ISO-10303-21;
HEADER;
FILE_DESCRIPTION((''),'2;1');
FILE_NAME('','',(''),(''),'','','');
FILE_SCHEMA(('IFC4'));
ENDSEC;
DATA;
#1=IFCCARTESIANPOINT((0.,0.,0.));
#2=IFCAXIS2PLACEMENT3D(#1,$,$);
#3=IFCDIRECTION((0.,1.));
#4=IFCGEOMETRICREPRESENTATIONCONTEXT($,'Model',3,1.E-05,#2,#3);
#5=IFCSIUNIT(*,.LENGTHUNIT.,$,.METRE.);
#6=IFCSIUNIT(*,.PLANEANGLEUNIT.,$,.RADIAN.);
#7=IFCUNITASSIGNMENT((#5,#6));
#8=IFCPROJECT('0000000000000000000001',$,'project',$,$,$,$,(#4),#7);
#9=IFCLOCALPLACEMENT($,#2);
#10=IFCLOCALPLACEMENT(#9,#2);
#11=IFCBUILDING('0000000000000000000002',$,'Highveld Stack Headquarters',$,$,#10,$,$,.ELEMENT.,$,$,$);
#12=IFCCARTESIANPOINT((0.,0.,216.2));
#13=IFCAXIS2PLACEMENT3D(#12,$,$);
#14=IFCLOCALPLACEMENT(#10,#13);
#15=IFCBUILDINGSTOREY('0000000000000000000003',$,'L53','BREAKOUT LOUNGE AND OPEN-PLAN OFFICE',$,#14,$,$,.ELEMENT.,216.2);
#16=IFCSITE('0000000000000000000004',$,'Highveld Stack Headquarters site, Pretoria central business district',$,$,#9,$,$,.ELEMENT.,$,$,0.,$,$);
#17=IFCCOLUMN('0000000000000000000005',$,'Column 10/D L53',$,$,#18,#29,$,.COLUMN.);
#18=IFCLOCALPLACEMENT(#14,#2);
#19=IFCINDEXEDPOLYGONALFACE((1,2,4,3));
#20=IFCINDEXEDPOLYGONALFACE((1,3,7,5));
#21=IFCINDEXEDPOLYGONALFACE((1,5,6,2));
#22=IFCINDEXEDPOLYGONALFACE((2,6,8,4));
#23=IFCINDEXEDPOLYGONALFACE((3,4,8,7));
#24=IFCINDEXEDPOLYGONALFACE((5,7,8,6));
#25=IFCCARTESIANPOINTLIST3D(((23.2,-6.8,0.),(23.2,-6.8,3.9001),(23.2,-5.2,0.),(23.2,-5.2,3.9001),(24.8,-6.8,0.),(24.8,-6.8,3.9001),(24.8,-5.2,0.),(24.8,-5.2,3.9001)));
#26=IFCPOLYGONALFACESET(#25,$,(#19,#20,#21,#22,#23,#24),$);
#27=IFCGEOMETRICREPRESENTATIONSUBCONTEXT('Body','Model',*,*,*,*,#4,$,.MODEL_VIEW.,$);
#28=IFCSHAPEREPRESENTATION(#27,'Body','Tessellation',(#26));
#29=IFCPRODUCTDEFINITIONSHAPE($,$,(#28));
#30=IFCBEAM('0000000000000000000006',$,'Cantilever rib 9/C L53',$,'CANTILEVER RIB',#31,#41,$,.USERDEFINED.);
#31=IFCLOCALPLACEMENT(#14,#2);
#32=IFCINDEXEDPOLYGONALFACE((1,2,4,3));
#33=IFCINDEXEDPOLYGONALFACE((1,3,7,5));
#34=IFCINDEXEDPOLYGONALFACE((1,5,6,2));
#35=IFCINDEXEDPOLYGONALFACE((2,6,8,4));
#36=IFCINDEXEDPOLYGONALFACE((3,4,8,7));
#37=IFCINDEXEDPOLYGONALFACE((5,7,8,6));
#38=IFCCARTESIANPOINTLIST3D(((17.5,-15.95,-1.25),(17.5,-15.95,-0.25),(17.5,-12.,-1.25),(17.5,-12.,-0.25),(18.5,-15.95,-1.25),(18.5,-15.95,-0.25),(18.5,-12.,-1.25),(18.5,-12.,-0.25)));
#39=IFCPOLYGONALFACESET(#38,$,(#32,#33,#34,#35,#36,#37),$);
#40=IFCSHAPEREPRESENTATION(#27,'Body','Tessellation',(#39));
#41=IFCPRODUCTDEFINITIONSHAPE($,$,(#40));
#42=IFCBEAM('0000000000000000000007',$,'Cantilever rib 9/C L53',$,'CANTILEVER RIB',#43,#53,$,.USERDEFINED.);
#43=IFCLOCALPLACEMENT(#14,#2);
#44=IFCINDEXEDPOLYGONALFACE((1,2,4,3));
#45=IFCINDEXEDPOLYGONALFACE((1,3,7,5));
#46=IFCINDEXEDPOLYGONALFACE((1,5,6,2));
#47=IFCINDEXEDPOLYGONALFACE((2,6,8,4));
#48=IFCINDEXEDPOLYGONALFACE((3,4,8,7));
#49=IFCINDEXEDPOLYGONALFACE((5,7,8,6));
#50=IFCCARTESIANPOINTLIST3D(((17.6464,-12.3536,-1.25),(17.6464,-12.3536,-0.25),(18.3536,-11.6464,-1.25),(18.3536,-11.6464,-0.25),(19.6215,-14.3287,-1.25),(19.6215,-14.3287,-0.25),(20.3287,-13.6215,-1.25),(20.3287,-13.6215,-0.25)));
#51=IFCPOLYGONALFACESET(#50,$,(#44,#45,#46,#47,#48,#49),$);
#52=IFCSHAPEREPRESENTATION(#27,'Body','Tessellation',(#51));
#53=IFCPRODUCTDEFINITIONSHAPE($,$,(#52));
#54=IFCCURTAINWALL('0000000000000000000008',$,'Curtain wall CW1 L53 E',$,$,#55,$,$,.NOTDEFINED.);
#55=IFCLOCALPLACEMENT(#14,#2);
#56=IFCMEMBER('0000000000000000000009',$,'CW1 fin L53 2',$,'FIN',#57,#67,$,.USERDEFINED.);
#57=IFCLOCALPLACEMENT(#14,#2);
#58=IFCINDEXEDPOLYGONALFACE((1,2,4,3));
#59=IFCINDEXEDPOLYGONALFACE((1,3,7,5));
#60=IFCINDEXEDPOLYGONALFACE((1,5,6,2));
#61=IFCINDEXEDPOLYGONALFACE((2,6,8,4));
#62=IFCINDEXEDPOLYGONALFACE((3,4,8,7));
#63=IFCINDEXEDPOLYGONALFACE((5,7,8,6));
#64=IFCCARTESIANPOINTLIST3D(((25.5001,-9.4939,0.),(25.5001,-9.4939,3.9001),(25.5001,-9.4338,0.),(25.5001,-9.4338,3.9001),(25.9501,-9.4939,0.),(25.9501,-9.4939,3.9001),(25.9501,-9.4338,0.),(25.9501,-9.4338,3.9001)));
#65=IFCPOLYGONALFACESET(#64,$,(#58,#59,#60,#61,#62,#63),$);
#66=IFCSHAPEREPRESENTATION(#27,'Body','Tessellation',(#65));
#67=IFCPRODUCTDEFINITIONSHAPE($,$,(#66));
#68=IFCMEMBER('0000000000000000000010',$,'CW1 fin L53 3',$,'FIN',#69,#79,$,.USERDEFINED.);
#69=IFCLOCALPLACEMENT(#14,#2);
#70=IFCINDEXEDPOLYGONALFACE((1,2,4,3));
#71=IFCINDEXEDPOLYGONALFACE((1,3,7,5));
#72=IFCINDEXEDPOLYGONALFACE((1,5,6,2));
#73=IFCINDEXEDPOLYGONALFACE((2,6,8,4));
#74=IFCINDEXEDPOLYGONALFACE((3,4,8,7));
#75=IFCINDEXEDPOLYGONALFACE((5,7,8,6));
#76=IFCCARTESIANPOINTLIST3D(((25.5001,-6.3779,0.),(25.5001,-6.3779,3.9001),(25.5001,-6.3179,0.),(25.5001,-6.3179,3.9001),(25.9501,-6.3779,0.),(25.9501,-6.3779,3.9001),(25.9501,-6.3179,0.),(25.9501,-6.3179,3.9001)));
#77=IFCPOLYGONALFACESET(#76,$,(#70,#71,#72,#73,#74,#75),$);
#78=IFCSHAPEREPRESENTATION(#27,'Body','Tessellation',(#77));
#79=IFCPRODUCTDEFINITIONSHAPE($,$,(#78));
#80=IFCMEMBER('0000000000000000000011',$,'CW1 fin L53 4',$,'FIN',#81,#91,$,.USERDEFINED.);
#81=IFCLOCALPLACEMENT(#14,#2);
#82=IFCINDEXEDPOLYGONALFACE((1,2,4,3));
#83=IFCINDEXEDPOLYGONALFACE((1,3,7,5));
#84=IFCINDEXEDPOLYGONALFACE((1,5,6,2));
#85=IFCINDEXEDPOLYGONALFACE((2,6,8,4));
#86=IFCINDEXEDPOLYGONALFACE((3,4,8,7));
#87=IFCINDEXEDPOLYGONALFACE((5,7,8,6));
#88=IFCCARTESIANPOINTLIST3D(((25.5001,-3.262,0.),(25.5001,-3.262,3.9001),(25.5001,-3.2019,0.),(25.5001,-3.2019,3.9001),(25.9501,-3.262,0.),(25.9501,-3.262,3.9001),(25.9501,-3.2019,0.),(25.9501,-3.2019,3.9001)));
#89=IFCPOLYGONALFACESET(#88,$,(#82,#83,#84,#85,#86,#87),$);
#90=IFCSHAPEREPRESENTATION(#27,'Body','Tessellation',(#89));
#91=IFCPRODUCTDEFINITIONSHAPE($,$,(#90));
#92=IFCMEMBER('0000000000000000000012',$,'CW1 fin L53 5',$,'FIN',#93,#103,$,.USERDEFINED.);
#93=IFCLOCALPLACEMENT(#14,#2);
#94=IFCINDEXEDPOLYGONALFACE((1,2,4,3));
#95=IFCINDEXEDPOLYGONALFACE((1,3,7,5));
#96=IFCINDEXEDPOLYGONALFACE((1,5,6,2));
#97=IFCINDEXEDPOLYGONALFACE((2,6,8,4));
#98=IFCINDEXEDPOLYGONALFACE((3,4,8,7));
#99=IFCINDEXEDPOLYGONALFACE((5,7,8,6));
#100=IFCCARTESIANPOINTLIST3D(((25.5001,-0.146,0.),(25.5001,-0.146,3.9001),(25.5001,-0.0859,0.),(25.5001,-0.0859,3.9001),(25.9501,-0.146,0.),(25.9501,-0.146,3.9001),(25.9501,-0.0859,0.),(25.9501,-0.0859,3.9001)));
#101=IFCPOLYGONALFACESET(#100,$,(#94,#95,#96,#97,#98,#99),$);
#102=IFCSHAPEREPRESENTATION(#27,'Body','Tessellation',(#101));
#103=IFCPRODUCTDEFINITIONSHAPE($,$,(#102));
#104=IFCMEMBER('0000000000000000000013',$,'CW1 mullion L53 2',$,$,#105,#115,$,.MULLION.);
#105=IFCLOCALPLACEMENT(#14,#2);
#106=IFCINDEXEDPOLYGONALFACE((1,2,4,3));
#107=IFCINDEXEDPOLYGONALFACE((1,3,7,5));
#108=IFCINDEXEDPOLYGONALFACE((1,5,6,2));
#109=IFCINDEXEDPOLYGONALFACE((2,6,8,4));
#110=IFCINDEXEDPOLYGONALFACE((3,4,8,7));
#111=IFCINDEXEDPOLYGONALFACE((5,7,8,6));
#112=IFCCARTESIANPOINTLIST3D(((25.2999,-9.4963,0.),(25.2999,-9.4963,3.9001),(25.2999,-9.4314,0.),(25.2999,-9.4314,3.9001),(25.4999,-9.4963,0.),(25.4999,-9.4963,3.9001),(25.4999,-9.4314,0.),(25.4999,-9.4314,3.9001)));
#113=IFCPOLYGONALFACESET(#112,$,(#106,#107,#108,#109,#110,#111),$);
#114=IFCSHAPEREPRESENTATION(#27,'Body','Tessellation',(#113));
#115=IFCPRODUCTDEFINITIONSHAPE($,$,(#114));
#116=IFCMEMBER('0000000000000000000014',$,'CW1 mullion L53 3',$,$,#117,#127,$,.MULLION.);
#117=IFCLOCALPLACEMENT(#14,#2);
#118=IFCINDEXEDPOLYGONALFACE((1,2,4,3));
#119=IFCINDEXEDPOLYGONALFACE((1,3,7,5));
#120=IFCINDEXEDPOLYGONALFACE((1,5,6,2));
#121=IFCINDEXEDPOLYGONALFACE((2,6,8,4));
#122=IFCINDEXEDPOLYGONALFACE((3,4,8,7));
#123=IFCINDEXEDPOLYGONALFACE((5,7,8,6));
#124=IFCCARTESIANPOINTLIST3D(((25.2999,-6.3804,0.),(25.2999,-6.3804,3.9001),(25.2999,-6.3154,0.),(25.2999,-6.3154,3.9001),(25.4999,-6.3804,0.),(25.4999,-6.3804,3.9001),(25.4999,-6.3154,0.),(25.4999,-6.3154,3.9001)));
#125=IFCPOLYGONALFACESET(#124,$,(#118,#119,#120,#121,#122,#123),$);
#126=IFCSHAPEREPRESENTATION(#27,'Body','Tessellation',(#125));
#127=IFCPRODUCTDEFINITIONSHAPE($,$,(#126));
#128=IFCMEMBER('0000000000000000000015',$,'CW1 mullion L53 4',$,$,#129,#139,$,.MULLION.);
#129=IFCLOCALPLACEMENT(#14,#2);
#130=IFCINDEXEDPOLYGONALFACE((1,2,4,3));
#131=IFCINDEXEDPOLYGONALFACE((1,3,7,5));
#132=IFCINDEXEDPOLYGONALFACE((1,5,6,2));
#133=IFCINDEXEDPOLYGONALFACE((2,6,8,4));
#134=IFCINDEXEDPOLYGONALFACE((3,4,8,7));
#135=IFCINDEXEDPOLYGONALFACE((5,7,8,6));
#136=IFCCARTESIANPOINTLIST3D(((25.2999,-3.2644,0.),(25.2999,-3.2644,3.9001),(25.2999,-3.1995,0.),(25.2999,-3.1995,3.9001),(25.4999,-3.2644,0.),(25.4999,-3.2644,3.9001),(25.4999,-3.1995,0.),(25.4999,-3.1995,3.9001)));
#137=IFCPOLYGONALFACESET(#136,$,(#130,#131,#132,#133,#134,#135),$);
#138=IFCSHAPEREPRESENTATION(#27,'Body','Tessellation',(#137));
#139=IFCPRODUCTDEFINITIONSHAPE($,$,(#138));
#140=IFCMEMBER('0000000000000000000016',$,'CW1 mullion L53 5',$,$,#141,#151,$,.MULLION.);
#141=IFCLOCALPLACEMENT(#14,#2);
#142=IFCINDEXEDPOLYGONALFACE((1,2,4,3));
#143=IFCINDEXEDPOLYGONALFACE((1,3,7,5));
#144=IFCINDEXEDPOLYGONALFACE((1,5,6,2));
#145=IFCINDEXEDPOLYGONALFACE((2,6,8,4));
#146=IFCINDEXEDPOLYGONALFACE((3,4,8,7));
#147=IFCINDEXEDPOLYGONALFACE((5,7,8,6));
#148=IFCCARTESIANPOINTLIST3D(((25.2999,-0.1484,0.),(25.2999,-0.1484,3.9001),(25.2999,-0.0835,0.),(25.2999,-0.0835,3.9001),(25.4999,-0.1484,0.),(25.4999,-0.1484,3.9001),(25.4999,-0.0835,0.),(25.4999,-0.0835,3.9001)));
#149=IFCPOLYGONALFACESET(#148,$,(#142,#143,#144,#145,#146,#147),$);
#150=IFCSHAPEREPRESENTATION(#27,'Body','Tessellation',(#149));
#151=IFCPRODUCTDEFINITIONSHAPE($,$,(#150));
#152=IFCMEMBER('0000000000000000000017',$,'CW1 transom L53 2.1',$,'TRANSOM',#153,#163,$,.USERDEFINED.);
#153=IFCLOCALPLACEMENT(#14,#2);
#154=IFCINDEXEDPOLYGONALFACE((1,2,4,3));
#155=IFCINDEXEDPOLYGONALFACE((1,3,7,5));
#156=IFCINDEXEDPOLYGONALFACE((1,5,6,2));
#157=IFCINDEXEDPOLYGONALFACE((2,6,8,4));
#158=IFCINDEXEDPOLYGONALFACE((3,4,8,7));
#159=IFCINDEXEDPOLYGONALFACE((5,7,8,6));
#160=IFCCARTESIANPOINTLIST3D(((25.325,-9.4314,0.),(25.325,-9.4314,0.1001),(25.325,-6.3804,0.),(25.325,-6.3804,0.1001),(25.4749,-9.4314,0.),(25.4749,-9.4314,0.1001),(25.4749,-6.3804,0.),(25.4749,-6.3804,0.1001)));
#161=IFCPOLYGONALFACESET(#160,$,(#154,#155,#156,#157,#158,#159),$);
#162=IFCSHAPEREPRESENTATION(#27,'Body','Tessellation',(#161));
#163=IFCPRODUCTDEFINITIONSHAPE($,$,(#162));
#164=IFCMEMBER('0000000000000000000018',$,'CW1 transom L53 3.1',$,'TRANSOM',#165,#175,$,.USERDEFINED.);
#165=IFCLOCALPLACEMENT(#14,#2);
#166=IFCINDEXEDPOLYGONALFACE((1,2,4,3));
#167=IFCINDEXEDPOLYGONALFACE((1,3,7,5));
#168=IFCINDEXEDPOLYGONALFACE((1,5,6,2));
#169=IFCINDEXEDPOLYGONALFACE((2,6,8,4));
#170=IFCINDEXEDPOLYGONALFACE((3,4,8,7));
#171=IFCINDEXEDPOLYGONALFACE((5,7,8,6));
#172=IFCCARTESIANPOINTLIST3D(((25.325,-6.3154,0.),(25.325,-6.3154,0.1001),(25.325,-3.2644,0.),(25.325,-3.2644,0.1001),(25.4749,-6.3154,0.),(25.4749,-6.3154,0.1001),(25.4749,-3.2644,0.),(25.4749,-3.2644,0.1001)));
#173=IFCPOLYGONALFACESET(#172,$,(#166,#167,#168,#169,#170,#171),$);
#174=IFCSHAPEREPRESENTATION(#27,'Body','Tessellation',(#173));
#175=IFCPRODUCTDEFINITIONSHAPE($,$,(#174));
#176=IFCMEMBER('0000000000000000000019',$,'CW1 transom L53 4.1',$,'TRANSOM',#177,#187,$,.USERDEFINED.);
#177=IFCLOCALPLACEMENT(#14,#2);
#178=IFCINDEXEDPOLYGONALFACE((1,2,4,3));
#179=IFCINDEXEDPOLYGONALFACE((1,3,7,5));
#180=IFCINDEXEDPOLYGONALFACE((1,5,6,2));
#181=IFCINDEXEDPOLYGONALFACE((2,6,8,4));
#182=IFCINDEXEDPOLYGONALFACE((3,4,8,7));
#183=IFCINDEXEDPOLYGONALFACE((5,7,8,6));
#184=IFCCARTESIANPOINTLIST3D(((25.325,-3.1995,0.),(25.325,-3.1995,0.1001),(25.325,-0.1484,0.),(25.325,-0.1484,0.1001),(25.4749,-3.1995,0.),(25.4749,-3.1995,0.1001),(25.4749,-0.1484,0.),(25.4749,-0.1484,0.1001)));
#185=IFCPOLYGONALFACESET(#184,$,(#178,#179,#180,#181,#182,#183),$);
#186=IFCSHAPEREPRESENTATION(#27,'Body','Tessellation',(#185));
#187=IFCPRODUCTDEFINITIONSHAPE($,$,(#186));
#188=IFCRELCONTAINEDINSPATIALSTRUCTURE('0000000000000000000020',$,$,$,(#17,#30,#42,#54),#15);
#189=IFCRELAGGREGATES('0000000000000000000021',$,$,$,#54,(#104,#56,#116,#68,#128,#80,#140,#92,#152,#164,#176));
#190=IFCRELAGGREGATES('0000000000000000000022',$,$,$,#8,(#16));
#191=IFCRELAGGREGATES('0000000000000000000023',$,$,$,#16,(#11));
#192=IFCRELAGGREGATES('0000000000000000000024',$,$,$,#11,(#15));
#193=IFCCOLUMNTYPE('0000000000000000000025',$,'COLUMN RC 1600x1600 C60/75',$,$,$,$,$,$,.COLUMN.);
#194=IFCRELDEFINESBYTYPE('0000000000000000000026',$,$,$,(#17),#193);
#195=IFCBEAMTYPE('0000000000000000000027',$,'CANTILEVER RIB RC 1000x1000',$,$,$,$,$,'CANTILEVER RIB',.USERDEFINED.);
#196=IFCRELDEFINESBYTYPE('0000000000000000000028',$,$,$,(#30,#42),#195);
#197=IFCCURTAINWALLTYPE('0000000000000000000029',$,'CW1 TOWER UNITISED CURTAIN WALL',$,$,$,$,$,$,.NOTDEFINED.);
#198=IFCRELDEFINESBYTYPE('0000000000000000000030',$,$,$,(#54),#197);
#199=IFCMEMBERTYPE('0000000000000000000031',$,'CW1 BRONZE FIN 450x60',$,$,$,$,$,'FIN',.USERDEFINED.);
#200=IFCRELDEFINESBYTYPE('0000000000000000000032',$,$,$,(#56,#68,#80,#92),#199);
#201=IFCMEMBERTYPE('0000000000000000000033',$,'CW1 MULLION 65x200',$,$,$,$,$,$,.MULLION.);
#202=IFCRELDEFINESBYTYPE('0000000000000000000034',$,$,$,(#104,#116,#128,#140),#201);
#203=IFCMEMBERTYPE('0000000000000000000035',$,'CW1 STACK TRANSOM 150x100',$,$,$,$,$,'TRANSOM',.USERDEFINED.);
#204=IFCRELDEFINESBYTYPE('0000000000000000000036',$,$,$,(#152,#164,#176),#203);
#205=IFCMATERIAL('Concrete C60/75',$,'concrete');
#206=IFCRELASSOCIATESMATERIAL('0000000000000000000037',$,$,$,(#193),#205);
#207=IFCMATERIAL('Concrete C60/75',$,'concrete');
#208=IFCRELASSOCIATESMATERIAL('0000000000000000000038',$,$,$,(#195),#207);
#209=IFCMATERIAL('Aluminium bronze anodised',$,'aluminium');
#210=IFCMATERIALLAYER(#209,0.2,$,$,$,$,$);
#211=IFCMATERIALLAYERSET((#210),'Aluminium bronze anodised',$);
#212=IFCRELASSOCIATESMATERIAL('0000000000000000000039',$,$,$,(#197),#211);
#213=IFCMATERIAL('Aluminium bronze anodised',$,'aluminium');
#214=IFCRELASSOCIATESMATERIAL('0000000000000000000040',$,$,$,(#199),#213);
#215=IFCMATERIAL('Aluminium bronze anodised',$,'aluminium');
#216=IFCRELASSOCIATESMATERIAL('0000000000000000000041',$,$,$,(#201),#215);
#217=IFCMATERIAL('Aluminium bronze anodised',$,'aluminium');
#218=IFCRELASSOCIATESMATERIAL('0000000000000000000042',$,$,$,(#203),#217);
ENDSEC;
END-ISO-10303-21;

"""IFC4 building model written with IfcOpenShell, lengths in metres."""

from ifc_helpers import new_model, si_unit, direction, frame, origin, origin_2d, place, context, subcontext, project, spatial, rectangle, extrude, material, layer, layer_set, material_profile, profile_set, type_object, element, aggregate, save


model = new_model("IFC4")

# Units and contexts
model_context = context("Model", 3, precision=1e-05, world=origin(), true_north=direction((0.0, 1.0)))
body_context = subcontext(model_context, "Body", "Model", "MODEL_VIEW")
ifc_project = project(units=[si_unit("LENGTHUNIT", "METRE"), si_unit("PLANEANGLEUNIT", "RADIAN")], contexts=[model_context])

# Site, building, storey
site_placement = place(None, origin())
site = spatial("IfcSite", under=ifc_project, at=site_placement, Name="Highveld Stack Headquarters site, Pretoria central business district", CompositionType="ELEMENT", RefElevation=0.0)
building_placement = place(site_placement, origin())
building = spatial("IfcBuilding", under=site, at=building_placement, Name="Highveld Stack Headquarters", CompositionType="ELEMENT")
storey_placement = place(building_placement, frame((0.0, 0.0, 216.2)))
storey = spatial("IfcBuildingStorey", under=building, at=storey_placement, Name="L53", Description="BREAKOUT LOUNGE AND OPEN-PLAN OFFICE", CompositionType="ELEMENT", Elevation=216.2)

# Column
ifc_material_1 = material(Name="Concrete C60/75", Category="concrete")
ifc_material_profile_1 = material_profile(ifc_material_1, rectangle(XDim=1.6001, YDim=1.6001, at=origin_2d()), Name="RC 1600x1600")
ifc_profile_set_1 = profile_set([ifc_material_profile_1], Name="Concrete C60/75")
column_type = type_object("IfcColumnType", Name="COLUMN RC 1600x1600 C60/75", PredefinedType="COLUMN", material=ifc_profile_set_1)
column_placement = place(storey_placement, frame((24.0, -6.0, 0.0), z_axis=(0.0, 0.0, 1.0), x_axis=(1.0, 0.0, 0.0)))
element("IfcColumn", 1, at=column_placement, inside=storey, type_object=column_type, Name="Column 10/D L53", PredefinedType="COLUMN", context=body_context, shape_type="SweptSolid", body=[
    extrude(rectangle(XDim=1.6001, YDim=1.6001, at=origin_2d()), origin(), (0.0, 0.0, 1.0), 3.9001),
])

# Beams
ifc_material_2 = material(Name="Concrete C60/75", Category="concrete")
ifc_material_profile_2 = material_profile(ifc_material_2, rectangle(XDim=1.0, YDim=1.0, at=origin_2d()), Name="RC 1000x1000")
ifc_profile_set_2 = profile_set([ifc_material_profile_2], Name="Concrete C60/75")
beam_type_1 = type_object("IfcBeamType", Name="CANTILEVER RIB RC 1000x1000", ElementType="CANTILEVER RIB", PredefinedType="USERDEFINED", material=ifc_profile_set_2)
beam_1_placement = place(storey_placement, frame((18.0, -12.0, -0.75), z_axis=(0.0, -1.0, 0.0), x_axis=(1.0, 0.0, 0.0)))
element("IfcBeam", 2, at=beam_1_placement, inside=storey, type_object=beam_type_1, Name="Cantilever rib 9/C L53", ObjectType="CANTILEVER RIB", PredefinedType="USERDEFINED", context=body_context, shape_type="SweptSolid", body=[
    extrude(rectangle(XDim=1.0, YDim=1.0, at=origin_2d()), origin(), (0.0, 0.0, 1.0), 3.95),
])
beam_2_placement = place(storey_placement, frame((18.0, -12.0, -0.75), z_axis=(0.707107, -0.707107, 0.0), x_axis=(0.707107, 0.707107, 0.0)))
element("IfcBeam", 3, at=beam_2_placement, inside=storey, type_object=beam_type_1, Name="Cantilever rib 9/C L53", ObjectType="CANTILEVER RIB", PredefinedType="USERDEFINED", context=body_context, shape_type="SweptSolid", body=[
    extrude(rectangle(XDim=1.0, YDim=1.0, at=origin_2d()), origin(), (0.0, 0.0, 1.0), 2.7932),
])

# Curtain wall, members
ifc_material_3 = material(Name="Aluminium bronze anodised", Category="aluminium")
ifc_layer_1 = layer(ifc_material_3, 0.2)
ifc_layer_set_1 = layer_set([ifc_layer_1], Name="Aluminium bronze anodised")
curtain_wall_type = type_object("IfcCurtainWallType", Name="CW1 TOWER UNITISED CURTAIN WALL", PredefinedType="NOTDEFINED", material=ifc_layer_set_1)
curtain_wall_placement = place(storey_placement, origin())
curtain_wall = element("IfcCurtainWall", 4, at=curtain_wall_placement, inside=storey, type_object=curtain_wall_type, Name="Curtain wall CW1 L53 E", PredefinedType="NOTDEFINED")
ifc_material_4 = material(Name="Aluminium bronze anodised", Category="aluminium")
ifc_material_profile_3 = material_profile(ifc_material_4, rectangle(XDim=0.45, YDim=0.0601, at=origin_2d()), Name="FIN 450x60")
ifc_profile_set_3 = profile_set([ifc_material_profile_3], Name="Aluminium bronze anodised")
member_type_1 = type_object("IfcMemberType", Name="CW1 BRONZE FIN 450x60", ElementType="FIN", PredefinedType="USERDEFINED", material=ifc_profile_set_3)
member_1_placement = place(storey_placement, frame((25.7251, -9.4639, 0.0), z_axis=(0.0, 0.0, 1.0), x_axis=(-1.0, 0.0, 0.0)))
member_1 = element("IfcMember", 5, at=member_1_placement, type_object=member_type_1, Name="CW1 fin L53 2", ObjectType="FIN", PredefinedType="USERDEFINED", context=body_context, shape_type="SweptSolid", body=[
    extrude(rectangle(XDim=0.45, YDim=0.0601, at=origin_2d()), origin(), (0.0, 0.0, 1.0), 3.9001),
])
member_2_placement = place(storey_placement, frame((25.7251, -6.3479, 0.0), z_axis=(0.0, 0.0, 1.0), x_axis=(-1.0, 0.0, 0.0)))
member_2 = element("IfcMember", 6, at=member_2_placement, type_object=member_type_1, Name="CW1 fin L53 3", ObjectType="FIN", PredefinedType="USERDEFINED", context=body_context, shape_type="SweptSolid", body=[
    extrude(rectangle(XDim=0.45, YDim=0.0601, at=origin_2d()), origin(), (0.0, 0.0, 1.0), 3.9001),
])
member_3_placement = place(storey_placement, frame((25.7251, -3.2319, 0.0), z_axis=(0.0, 0.0, 1.0), x_axis=(-1.0, 0.0, 0.0)))
member_3 = element("IfcMember", 7, at=member_3_placement, type_object=member_type_1, Name="CW1 fin L53 4", ObjectType="FIN", PredefinedType="USERDEFINED", context=body_context, shape_type="SweptSolid", body=[
    extrude(rectangle(XDim=0.45, YDim=0.0601, at=origin_2d()), origin(), (0.0, 0.0, 1.0), 3.9001),
])
member_4_placement = place(storey_placement, frame((25.7251, -0.116, 0.0), z_axis=(0.0, 0.0, 1.0), x_axis=(-1.0, 0.0, 0.0)))
member_4 = element("IfcMember", 8, at=member_4_placement, type_object=member_type_1, Name="CW1 fin L53 5", ObjectType="FIN", PredefinedType="USERDEFINED", context=body_context, shape_type="SweptSolid", body=[
    extrude(rectangle(XDim=0.45, YDim=0.0601, at=origin_2d()), origin(), (0.0, 0.0, 1.0), 3.9001),
])
ifc_material_5 = material(Name="Aluminium bronze anodised", Category="aluminium")
ifc_material_profile_4 = material_profile(ifc_material_5, rectangle(XDim=0.2, YDim=0.0649, at=origin_2d()), Name="CW1 MULLION 65x200")
ifc_profile_set_4 = profile_set([ifc_material_profile_4], Name="Aluminium bronze anodised")
member_type_2 = type_object("IfcMemberType", Name="CW1 MULLION 65x200", PredefinedType="MULLION", material=ifc_profile_set_4)
member_5_placement = place(storey_placement, frame((25.3999, -9.4639, 0.0), z_axis=(0.0, 0.0, 1.0), x_axis=(-1.0, 0.0, 0.0)))
member_5 = element("IfcMember", 9, at=member_5_placement, type_object=member_type_2, Name="CW1 mullion L53 2", PredefinedType="MULLION", context=body_context, shape_type="SweptSolid", body=[
    extrude(rectangle(XDim=0.2, YDim=0.0649, at=origin_2d()), origin(), (0.0, 0.0, 1.0), 3.9001),
])
member_6_placement = place(storey_placement, frame((25.3999, -6.3479, 0.0), z_axis=(0.0, 0.0, 1.0), x_axis=(-1.0, 0.0, 0.0)))
member_6 = element("IfcMember", 10, at=member_6_placement, type_object=member_type_2, Name="CW1 mullion L53 3", PredefinedType="MULLION", context=body_context, shape_type="SweptSolid", body=[
    extrude(rectangle(XDim=0.2, YDim=0.0649, at=origin_2d()), origin(), (0.0, 0.0, 1.0), 3.9001),
])
member_7_placement = place(storey_placement, frame((25.3999, -3.2319, 0.0), z_axis=(0.0, 0.0, 1.0), x_axis=(-1.0, 0.0, 0.0)))
member_7 = element("IfcMember", 11, at=member_7_placement, type_object=member_type_2, Name="CW1 mullion L53 4", PredefinedType="MULLION", context=body_context, shape_type="SweptSolid", body=[
    extrude(rectangle(XDim=0.2, YDim=0.0649, at=origin_2d()), origin(), (0.0, 0.0, 1.0), 3.9001),
])
member_8_placement = place(storey_placement, frame((25.3999, -0.116, 0.0), z_axis=(0.0, 0.0, 1.0), x_axis=(-1.0, 0.0, 0.0)))
member_8 = element("IfcMember", 12, at=member_8_placement, type_object=member_type_2, Name="CW1 mullion L53 5", PredefinedType="MULLION", context=body_context, shape_type="SweptSolid", body=[
    extrude(rectangle(XDim=0.2, YDim=0.0649, at=origin_2d()), origin(), (0.0, 0.0, 1.0), 3.9001),
])
ifc_material_6 = material(Name="Aluminium bronze anodised", Category="aluminium")
ifc_material_profile_5 = material_profile(ifc_material_6, rectangle(XDim=0.1499, YDim=0.1001, at=origin_2d()), Name="CW1 TRANSOM 150x100")
ifc_profile_set_5 = profile_set([ifc_material_profile_5], Name="Aluminium bronze anodised")
member_type_3 = type_object("IfcMemberType", Name="CW1 STACK TRANSOM 150x100", ElementType="TRANSOM", PredefinedType="USERDEFINED", material=ifc_profile_set_5)
member_9_placement = place(storey_placement, frame((25.3999, -9.4314, 0.05), z_axis=(0.0, 1.0, 0.0), x_axis=(-1.0, 0.0, 0.0)))
member_9 = element("IfcMember", 13, at=member_9_placement, type_object=member_type_3, Name="CW1 transom L53 2.1", ObjectType="TRANSOM", PredefinedType="USERDEFINED", context=body_context, shape_type="SweptSolid", body=[
    extrude(rectangle(XDim=0.1499, YDim=0.1001, at=origin_2d()), origin(), (0.0, 0.0, 1.0), 3.051),
])
member_10_placement = place(storey_placement, frame((25.3999, -6.3154, 0.05), z_axis=(0.0, 1.0, 0.0), x_axis=(-1.0, 0.0, 0.0)))
member_10 = element("IfcMember", 14, at=member_10_placement, type_object=member_type_3, Name="CW1 transom L53 3.1", ObjectType="TRANSOM", PredefinedType="USERDEFINED", context=body_context, shape_type="SweptSolid", body=[
    extrude(rectangle(XDim=0.1499, YDim=0.1001, at=origin_2d()), origin(), (0.0, 0.0, 1.0), 3.051),
])
member_11_placement = place(storey_placement, frame((25.3999, -3.1995, 0.05), z_axis=(0.0, 1.0, 0.0), x_axis=(-1.0, 0.0, 0.0)))
member_11 = element("IfcMember", 15, at=member_11_placement, type_object=member_type_3, Name="CW1 transom L53 4.1", ObjectType="TRANSOM", PredefinedType="USERDEFINED", context=body_context, shape_type="SweptSolid", body=[
    extrude(rectangle(XDim=0.1499, YDim=0.1001, at=origin_2d()), origin(), (0.0, 0.0, 1.0), 3.051),
])

aggregate(curtain_wall, [member_5, member_1, member_6, member_2, member_7, member_3, member_8, member_4, member_9, member_10, member_11])

save(model, "model.ifc")
